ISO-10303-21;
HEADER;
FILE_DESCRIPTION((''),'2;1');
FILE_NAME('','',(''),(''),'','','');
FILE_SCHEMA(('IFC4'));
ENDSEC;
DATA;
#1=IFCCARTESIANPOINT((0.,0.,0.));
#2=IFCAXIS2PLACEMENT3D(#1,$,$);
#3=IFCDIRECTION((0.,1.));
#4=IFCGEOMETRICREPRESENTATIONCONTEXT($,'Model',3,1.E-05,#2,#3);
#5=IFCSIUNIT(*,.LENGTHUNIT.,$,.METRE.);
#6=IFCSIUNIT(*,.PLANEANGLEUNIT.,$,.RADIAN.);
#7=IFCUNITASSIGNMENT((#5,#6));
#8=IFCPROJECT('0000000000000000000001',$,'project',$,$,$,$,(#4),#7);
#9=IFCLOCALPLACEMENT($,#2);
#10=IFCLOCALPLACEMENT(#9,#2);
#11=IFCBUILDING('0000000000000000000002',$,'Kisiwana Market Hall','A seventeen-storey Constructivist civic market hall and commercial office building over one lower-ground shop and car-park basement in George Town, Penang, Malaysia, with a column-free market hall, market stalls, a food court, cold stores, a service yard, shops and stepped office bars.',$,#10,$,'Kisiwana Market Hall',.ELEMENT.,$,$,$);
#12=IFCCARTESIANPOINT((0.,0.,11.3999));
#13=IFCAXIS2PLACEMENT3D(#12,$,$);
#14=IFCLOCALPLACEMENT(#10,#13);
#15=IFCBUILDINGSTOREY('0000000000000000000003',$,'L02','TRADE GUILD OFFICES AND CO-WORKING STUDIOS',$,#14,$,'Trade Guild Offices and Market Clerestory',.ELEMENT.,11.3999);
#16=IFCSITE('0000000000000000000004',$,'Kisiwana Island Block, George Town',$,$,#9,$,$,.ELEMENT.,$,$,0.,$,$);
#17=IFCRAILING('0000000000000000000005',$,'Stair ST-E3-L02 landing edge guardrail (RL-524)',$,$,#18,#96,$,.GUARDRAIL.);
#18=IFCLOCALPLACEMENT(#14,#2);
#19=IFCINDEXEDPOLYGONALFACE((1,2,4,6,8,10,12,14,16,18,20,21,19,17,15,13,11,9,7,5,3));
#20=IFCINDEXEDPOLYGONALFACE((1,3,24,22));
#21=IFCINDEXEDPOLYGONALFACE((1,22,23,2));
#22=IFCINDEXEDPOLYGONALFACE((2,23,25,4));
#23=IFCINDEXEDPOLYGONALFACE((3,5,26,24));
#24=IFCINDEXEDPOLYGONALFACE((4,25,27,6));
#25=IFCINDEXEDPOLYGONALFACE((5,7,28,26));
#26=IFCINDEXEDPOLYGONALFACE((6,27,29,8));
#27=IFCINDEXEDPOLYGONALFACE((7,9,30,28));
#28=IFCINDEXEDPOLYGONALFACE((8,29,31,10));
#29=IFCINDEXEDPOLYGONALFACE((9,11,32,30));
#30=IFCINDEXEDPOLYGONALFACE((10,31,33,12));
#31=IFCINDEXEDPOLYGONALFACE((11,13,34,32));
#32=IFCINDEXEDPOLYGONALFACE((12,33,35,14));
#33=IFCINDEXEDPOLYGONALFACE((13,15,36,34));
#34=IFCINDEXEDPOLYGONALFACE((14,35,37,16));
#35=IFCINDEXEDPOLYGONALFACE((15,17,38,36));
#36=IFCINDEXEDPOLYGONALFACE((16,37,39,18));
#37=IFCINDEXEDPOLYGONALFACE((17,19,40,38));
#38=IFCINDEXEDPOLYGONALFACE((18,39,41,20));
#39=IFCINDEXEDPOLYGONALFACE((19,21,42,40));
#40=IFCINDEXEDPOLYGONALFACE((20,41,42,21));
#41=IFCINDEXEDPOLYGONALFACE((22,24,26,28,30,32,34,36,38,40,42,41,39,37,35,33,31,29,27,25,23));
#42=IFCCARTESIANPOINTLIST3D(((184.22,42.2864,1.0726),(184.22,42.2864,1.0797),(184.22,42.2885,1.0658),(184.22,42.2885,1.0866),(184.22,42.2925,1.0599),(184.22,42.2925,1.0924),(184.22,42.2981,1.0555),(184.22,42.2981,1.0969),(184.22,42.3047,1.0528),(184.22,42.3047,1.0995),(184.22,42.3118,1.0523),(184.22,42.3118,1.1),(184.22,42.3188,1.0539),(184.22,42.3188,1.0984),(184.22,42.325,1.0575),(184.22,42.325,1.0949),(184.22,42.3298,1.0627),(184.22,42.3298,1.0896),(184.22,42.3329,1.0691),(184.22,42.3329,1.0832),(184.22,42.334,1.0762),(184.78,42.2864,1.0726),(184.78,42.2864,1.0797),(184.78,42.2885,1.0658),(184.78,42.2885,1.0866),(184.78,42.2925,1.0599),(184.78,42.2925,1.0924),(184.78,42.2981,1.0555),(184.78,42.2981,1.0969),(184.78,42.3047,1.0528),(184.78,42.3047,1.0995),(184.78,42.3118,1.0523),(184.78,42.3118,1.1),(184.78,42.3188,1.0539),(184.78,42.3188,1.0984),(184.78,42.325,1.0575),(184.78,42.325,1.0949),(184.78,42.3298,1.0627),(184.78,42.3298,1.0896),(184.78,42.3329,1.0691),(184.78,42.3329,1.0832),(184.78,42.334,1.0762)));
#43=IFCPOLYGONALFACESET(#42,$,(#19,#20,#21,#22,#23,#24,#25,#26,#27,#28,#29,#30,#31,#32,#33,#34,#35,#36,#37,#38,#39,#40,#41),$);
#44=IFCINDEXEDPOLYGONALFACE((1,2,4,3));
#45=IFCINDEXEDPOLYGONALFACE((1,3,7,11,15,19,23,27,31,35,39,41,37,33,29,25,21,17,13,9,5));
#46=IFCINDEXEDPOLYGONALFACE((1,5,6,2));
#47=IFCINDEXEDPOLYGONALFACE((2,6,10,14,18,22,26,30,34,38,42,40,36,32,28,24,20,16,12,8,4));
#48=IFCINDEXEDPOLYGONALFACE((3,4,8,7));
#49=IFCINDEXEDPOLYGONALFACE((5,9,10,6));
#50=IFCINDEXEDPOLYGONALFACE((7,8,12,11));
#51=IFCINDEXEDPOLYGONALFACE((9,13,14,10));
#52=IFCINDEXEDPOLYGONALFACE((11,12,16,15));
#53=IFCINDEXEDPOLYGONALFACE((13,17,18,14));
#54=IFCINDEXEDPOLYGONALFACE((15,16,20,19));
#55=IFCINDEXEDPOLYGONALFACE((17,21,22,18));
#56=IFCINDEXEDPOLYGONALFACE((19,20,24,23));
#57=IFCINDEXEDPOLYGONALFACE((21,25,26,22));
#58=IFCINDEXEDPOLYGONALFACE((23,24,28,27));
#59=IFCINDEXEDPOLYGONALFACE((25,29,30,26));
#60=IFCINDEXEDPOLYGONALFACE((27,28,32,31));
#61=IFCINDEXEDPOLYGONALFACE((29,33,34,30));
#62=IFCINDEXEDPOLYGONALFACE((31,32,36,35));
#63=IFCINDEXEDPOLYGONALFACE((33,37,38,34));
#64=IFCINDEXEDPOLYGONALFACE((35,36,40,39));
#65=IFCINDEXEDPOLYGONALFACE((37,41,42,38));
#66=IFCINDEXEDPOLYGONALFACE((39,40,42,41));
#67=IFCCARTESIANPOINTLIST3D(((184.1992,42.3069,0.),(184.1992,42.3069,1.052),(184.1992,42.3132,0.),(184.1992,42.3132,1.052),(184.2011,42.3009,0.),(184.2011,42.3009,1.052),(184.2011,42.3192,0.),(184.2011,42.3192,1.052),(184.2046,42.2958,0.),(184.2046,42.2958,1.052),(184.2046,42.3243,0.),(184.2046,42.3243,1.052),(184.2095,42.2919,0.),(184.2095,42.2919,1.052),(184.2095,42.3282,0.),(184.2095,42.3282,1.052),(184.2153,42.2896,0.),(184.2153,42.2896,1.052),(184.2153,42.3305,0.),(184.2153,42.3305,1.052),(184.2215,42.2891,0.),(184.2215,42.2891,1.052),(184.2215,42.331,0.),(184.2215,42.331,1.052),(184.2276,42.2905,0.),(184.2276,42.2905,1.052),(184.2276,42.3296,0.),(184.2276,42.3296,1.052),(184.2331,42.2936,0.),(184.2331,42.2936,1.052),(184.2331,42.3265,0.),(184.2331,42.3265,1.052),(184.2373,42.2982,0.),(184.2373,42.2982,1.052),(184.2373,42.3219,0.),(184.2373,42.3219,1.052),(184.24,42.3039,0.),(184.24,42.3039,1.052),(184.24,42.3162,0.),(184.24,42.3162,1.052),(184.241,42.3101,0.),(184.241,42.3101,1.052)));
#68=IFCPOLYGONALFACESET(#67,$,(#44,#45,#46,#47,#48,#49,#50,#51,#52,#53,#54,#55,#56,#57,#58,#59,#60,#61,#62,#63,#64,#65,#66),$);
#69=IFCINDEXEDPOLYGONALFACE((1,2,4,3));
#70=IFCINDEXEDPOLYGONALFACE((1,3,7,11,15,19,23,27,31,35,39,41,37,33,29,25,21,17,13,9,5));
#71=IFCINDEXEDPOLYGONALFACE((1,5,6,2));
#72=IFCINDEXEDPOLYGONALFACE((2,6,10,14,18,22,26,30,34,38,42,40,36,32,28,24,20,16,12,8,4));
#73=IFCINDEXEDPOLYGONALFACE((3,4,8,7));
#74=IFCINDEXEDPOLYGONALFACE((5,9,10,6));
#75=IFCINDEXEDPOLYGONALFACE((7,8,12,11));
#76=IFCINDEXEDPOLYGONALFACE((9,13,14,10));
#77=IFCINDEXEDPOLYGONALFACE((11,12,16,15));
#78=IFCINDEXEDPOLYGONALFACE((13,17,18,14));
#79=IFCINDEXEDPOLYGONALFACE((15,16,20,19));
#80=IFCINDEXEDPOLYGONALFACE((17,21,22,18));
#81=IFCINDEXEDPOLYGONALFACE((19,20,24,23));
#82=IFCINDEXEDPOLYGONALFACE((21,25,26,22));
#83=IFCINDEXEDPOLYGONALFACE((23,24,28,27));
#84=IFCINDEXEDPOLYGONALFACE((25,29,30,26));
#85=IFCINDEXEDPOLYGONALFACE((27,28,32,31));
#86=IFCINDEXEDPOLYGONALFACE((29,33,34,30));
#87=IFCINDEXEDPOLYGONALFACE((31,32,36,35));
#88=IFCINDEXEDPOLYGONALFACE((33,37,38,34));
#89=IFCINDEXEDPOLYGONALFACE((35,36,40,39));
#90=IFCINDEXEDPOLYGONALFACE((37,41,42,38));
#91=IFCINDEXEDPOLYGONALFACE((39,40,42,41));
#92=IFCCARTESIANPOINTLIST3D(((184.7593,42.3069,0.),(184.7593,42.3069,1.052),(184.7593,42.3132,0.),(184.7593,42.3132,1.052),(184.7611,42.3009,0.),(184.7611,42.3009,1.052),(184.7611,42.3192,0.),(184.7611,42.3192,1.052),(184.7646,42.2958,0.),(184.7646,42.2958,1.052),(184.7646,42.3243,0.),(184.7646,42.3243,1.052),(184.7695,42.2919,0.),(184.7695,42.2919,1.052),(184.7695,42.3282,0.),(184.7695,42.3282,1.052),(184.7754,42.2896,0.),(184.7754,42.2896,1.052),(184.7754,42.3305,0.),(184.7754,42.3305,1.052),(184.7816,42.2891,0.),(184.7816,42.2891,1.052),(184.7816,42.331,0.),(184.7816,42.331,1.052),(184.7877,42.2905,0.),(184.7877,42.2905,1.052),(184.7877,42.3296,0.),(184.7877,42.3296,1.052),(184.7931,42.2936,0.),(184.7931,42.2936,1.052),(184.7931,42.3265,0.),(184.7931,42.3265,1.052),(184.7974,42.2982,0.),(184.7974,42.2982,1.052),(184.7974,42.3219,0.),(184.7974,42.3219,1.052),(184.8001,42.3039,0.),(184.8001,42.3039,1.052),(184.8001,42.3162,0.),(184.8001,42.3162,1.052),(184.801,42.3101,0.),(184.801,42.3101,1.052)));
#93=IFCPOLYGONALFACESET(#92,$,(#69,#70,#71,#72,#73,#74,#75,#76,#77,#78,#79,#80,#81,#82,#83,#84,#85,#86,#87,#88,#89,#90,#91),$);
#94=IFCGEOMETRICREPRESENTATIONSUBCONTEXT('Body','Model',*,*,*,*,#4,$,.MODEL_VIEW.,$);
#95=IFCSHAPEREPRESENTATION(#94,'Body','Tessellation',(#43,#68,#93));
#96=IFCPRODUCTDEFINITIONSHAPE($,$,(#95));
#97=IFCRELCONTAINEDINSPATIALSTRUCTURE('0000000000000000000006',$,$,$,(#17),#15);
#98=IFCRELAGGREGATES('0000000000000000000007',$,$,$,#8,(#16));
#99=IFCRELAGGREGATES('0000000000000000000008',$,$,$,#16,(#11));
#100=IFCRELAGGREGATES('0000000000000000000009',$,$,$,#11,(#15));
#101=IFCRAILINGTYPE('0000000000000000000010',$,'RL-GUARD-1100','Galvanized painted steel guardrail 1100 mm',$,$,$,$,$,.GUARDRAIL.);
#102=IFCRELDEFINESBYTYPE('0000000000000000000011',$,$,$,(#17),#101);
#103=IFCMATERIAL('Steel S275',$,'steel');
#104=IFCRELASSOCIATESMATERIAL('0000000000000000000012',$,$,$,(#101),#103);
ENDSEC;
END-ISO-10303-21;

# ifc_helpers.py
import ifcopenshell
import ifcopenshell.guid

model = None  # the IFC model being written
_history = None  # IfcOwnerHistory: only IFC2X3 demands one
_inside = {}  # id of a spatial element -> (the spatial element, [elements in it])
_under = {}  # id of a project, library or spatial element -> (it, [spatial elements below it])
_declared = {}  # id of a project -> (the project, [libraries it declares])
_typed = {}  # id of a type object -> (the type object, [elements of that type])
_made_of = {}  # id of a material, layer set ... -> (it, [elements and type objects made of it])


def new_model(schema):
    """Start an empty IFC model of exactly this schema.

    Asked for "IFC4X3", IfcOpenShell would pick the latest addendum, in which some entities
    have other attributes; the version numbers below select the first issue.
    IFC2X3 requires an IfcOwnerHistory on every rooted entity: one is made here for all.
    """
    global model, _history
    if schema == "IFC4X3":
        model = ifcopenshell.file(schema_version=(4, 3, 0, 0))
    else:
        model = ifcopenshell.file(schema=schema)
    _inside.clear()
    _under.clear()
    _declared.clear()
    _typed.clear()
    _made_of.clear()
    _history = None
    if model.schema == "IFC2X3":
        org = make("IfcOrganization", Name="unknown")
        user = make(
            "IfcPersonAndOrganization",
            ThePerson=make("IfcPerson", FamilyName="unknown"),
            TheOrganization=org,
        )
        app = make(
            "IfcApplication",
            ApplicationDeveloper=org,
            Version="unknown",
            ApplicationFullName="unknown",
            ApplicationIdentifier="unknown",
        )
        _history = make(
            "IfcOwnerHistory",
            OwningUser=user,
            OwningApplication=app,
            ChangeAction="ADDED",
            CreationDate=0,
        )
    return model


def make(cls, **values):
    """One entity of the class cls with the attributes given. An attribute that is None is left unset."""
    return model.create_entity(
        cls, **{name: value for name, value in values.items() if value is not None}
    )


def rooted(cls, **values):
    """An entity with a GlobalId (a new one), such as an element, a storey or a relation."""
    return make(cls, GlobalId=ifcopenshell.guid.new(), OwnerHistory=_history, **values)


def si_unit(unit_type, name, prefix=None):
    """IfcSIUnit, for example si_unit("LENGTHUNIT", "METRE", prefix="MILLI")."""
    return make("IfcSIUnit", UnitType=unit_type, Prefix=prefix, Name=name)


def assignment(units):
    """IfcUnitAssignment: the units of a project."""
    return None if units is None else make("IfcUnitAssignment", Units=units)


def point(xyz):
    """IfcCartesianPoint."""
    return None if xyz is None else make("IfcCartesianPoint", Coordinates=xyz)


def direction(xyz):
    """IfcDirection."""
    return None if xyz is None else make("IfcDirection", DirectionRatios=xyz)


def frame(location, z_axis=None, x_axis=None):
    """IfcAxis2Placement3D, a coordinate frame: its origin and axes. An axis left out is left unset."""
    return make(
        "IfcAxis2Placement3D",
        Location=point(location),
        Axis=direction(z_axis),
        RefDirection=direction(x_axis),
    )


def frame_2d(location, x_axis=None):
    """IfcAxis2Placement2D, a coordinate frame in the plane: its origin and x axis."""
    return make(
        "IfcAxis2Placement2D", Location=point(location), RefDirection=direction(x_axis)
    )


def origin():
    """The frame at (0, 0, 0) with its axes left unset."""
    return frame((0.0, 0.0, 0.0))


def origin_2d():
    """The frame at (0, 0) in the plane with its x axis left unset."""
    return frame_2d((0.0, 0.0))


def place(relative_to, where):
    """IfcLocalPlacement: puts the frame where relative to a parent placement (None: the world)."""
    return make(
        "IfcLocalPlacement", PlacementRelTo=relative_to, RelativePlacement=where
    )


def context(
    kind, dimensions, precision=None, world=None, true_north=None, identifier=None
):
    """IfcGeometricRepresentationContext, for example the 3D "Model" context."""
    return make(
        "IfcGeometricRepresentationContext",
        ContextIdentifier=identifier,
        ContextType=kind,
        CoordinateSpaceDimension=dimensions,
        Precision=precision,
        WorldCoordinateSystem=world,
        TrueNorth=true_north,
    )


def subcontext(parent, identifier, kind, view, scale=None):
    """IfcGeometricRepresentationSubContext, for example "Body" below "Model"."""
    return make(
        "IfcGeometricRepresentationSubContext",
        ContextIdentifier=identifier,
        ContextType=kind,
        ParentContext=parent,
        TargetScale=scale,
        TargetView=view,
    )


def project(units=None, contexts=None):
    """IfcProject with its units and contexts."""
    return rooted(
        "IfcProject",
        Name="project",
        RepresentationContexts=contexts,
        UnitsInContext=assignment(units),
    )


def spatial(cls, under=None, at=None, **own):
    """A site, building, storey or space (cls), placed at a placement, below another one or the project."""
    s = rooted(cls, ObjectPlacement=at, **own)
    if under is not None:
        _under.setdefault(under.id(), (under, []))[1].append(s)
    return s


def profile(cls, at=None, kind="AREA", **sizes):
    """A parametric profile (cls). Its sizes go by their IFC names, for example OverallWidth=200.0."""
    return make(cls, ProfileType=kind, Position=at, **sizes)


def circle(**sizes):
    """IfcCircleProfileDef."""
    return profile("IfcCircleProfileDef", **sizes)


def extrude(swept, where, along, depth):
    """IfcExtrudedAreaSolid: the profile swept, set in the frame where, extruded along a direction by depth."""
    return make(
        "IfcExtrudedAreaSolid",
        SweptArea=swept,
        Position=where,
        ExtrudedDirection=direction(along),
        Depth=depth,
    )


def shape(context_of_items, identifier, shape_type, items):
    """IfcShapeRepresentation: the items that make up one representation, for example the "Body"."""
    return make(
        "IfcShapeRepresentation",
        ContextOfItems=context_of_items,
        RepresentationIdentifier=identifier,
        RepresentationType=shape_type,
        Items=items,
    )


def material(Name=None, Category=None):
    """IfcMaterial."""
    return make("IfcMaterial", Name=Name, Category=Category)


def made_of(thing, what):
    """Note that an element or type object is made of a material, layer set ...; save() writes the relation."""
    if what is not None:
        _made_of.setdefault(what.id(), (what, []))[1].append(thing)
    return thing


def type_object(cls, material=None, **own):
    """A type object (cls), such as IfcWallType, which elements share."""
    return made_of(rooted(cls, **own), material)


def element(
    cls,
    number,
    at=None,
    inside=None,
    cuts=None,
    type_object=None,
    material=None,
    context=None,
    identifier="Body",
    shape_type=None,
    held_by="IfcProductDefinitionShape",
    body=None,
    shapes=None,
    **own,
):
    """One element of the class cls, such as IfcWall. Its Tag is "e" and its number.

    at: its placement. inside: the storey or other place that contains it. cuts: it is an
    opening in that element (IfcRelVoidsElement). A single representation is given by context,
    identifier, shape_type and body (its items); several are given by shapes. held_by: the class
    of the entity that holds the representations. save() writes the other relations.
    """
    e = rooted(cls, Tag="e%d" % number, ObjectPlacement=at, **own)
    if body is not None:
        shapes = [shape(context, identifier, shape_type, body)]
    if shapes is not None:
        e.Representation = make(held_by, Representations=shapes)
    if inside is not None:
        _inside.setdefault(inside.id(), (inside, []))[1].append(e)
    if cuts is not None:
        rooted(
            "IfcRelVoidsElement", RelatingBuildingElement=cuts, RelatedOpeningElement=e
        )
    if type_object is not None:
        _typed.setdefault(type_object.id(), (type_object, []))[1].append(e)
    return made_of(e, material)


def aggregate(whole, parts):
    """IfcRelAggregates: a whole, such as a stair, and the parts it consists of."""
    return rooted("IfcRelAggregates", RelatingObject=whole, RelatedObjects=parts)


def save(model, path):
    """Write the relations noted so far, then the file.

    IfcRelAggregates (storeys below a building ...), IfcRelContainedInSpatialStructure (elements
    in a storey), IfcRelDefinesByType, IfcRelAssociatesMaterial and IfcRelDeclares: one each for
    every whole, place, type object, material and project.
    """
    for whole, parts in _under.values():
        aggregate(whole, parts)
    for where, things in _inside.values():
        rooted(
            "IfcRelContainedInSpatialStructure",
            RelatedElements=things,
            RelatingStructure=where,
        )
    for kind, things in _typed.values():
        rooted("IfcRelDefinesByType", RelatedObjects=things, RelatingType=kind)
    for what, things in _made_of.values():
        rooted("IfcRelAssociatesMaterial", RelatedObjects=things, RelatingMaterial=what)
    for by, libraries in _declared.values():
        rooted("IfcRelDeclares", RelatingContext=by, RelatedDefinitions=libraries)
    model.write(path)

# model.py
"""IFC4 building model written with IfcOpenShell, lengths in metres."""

from ifc_helpers import new_model, si_unit, direction, frame, origin, origin_2d, place, context, subcontext, project, spatial, circle, extrude, material, type_object, element, save


model = new_model("IFC4")

# Units and contexts
model_context = context("Model", 3, precision=1e-05, world=origin(), true_north=direction((0.0, 1.0)))
body_context = subcontext(model_context, "Body", "Model", "MODEL_VIEW")
ifc_project = project(units=[si_unit("LENGTHUNIT", "METRE"), si_unit("PLANEANGLEUNIT", "RADIAN")], contexts=[model_context])

# Site, building, storey
site_placement = place(None, origin())
site = spatial("IfcSite", under=ifc_project, at=site_placement, Name="Kisiwana Island Block, George Town", CompositionType="ELEMENT", RefElevation=0.0)
building_placement = place(site_placement, origin())
building = spatial("IfcBuilding", under=site, at=building_placement, Name="Kisiwana Market Hall", Description="A seventeen-storey Constructivist civic market hall and commercial office building over one lower-ground shop and car-park basement in George Town, Penang, Malaysia, with a column-free market hall, market stalls, a food court, cold stores, a service yard, shops and stepped office bars.", LongName="Kisiwana Market Hall", CompositionType="ELEMENT")
storey_placement = place(building_placement, frame((0.0, 0.0, 11.3999)))
storey = spatial("IfcBuildingStorey", under=building, at=storey_placement, Name="L02", Description="TRADE GUILD OFFICES AND CO-WORKING STUDIOS", LongName="Trade Guild Offices and Market Clerestory", CompositionType="ELEMENT", Elevation=11.3999)

# Railing
ifc_material_1 = material(Name="Steel S275", Category="steel")
railing_type_1 = type_object("IfcRailingType", Name="RL-GUARD-1100", Description="Galvanized painted steel guardrail 1100 mm", PredefinedType="GUARDRAIL", material=ifc_material_1)
railing_1_placement = place(storey_placement, frame((184.22, 42.3101, 0.0)))
element("IfcRailing", 1, at=railing_1_placement, inside=storey, type_object=railing_type_1, Name="Stair ST-E3-L02 landing edge guardrail (RL-524)", PredefinedType="GUARDRAIL", context=body_context, shape_type="SweptSolid", body=[
    extrude(circle(Radius=0.0239, at=origin_2d()), frame((0.0, 0.0, 1.0762), z_axis=(1.0, 0.0, 0.0), x_axis=(0.0, 1.0, 0.0)), (0.0, 0.0, 1.0), 0.5601),
    extrude(circle(Radius=0.021, at=origin_2d()), origin(), (0.0, 0.0, 1.0), 1.052),
    extrude(circle(Radius=0.021, at=origin_2d()), frame((0.5601, 0.0, 0.0)), (0.0, 0.0, 1.0), 1.052),
])

save(model, "model.ifc")
